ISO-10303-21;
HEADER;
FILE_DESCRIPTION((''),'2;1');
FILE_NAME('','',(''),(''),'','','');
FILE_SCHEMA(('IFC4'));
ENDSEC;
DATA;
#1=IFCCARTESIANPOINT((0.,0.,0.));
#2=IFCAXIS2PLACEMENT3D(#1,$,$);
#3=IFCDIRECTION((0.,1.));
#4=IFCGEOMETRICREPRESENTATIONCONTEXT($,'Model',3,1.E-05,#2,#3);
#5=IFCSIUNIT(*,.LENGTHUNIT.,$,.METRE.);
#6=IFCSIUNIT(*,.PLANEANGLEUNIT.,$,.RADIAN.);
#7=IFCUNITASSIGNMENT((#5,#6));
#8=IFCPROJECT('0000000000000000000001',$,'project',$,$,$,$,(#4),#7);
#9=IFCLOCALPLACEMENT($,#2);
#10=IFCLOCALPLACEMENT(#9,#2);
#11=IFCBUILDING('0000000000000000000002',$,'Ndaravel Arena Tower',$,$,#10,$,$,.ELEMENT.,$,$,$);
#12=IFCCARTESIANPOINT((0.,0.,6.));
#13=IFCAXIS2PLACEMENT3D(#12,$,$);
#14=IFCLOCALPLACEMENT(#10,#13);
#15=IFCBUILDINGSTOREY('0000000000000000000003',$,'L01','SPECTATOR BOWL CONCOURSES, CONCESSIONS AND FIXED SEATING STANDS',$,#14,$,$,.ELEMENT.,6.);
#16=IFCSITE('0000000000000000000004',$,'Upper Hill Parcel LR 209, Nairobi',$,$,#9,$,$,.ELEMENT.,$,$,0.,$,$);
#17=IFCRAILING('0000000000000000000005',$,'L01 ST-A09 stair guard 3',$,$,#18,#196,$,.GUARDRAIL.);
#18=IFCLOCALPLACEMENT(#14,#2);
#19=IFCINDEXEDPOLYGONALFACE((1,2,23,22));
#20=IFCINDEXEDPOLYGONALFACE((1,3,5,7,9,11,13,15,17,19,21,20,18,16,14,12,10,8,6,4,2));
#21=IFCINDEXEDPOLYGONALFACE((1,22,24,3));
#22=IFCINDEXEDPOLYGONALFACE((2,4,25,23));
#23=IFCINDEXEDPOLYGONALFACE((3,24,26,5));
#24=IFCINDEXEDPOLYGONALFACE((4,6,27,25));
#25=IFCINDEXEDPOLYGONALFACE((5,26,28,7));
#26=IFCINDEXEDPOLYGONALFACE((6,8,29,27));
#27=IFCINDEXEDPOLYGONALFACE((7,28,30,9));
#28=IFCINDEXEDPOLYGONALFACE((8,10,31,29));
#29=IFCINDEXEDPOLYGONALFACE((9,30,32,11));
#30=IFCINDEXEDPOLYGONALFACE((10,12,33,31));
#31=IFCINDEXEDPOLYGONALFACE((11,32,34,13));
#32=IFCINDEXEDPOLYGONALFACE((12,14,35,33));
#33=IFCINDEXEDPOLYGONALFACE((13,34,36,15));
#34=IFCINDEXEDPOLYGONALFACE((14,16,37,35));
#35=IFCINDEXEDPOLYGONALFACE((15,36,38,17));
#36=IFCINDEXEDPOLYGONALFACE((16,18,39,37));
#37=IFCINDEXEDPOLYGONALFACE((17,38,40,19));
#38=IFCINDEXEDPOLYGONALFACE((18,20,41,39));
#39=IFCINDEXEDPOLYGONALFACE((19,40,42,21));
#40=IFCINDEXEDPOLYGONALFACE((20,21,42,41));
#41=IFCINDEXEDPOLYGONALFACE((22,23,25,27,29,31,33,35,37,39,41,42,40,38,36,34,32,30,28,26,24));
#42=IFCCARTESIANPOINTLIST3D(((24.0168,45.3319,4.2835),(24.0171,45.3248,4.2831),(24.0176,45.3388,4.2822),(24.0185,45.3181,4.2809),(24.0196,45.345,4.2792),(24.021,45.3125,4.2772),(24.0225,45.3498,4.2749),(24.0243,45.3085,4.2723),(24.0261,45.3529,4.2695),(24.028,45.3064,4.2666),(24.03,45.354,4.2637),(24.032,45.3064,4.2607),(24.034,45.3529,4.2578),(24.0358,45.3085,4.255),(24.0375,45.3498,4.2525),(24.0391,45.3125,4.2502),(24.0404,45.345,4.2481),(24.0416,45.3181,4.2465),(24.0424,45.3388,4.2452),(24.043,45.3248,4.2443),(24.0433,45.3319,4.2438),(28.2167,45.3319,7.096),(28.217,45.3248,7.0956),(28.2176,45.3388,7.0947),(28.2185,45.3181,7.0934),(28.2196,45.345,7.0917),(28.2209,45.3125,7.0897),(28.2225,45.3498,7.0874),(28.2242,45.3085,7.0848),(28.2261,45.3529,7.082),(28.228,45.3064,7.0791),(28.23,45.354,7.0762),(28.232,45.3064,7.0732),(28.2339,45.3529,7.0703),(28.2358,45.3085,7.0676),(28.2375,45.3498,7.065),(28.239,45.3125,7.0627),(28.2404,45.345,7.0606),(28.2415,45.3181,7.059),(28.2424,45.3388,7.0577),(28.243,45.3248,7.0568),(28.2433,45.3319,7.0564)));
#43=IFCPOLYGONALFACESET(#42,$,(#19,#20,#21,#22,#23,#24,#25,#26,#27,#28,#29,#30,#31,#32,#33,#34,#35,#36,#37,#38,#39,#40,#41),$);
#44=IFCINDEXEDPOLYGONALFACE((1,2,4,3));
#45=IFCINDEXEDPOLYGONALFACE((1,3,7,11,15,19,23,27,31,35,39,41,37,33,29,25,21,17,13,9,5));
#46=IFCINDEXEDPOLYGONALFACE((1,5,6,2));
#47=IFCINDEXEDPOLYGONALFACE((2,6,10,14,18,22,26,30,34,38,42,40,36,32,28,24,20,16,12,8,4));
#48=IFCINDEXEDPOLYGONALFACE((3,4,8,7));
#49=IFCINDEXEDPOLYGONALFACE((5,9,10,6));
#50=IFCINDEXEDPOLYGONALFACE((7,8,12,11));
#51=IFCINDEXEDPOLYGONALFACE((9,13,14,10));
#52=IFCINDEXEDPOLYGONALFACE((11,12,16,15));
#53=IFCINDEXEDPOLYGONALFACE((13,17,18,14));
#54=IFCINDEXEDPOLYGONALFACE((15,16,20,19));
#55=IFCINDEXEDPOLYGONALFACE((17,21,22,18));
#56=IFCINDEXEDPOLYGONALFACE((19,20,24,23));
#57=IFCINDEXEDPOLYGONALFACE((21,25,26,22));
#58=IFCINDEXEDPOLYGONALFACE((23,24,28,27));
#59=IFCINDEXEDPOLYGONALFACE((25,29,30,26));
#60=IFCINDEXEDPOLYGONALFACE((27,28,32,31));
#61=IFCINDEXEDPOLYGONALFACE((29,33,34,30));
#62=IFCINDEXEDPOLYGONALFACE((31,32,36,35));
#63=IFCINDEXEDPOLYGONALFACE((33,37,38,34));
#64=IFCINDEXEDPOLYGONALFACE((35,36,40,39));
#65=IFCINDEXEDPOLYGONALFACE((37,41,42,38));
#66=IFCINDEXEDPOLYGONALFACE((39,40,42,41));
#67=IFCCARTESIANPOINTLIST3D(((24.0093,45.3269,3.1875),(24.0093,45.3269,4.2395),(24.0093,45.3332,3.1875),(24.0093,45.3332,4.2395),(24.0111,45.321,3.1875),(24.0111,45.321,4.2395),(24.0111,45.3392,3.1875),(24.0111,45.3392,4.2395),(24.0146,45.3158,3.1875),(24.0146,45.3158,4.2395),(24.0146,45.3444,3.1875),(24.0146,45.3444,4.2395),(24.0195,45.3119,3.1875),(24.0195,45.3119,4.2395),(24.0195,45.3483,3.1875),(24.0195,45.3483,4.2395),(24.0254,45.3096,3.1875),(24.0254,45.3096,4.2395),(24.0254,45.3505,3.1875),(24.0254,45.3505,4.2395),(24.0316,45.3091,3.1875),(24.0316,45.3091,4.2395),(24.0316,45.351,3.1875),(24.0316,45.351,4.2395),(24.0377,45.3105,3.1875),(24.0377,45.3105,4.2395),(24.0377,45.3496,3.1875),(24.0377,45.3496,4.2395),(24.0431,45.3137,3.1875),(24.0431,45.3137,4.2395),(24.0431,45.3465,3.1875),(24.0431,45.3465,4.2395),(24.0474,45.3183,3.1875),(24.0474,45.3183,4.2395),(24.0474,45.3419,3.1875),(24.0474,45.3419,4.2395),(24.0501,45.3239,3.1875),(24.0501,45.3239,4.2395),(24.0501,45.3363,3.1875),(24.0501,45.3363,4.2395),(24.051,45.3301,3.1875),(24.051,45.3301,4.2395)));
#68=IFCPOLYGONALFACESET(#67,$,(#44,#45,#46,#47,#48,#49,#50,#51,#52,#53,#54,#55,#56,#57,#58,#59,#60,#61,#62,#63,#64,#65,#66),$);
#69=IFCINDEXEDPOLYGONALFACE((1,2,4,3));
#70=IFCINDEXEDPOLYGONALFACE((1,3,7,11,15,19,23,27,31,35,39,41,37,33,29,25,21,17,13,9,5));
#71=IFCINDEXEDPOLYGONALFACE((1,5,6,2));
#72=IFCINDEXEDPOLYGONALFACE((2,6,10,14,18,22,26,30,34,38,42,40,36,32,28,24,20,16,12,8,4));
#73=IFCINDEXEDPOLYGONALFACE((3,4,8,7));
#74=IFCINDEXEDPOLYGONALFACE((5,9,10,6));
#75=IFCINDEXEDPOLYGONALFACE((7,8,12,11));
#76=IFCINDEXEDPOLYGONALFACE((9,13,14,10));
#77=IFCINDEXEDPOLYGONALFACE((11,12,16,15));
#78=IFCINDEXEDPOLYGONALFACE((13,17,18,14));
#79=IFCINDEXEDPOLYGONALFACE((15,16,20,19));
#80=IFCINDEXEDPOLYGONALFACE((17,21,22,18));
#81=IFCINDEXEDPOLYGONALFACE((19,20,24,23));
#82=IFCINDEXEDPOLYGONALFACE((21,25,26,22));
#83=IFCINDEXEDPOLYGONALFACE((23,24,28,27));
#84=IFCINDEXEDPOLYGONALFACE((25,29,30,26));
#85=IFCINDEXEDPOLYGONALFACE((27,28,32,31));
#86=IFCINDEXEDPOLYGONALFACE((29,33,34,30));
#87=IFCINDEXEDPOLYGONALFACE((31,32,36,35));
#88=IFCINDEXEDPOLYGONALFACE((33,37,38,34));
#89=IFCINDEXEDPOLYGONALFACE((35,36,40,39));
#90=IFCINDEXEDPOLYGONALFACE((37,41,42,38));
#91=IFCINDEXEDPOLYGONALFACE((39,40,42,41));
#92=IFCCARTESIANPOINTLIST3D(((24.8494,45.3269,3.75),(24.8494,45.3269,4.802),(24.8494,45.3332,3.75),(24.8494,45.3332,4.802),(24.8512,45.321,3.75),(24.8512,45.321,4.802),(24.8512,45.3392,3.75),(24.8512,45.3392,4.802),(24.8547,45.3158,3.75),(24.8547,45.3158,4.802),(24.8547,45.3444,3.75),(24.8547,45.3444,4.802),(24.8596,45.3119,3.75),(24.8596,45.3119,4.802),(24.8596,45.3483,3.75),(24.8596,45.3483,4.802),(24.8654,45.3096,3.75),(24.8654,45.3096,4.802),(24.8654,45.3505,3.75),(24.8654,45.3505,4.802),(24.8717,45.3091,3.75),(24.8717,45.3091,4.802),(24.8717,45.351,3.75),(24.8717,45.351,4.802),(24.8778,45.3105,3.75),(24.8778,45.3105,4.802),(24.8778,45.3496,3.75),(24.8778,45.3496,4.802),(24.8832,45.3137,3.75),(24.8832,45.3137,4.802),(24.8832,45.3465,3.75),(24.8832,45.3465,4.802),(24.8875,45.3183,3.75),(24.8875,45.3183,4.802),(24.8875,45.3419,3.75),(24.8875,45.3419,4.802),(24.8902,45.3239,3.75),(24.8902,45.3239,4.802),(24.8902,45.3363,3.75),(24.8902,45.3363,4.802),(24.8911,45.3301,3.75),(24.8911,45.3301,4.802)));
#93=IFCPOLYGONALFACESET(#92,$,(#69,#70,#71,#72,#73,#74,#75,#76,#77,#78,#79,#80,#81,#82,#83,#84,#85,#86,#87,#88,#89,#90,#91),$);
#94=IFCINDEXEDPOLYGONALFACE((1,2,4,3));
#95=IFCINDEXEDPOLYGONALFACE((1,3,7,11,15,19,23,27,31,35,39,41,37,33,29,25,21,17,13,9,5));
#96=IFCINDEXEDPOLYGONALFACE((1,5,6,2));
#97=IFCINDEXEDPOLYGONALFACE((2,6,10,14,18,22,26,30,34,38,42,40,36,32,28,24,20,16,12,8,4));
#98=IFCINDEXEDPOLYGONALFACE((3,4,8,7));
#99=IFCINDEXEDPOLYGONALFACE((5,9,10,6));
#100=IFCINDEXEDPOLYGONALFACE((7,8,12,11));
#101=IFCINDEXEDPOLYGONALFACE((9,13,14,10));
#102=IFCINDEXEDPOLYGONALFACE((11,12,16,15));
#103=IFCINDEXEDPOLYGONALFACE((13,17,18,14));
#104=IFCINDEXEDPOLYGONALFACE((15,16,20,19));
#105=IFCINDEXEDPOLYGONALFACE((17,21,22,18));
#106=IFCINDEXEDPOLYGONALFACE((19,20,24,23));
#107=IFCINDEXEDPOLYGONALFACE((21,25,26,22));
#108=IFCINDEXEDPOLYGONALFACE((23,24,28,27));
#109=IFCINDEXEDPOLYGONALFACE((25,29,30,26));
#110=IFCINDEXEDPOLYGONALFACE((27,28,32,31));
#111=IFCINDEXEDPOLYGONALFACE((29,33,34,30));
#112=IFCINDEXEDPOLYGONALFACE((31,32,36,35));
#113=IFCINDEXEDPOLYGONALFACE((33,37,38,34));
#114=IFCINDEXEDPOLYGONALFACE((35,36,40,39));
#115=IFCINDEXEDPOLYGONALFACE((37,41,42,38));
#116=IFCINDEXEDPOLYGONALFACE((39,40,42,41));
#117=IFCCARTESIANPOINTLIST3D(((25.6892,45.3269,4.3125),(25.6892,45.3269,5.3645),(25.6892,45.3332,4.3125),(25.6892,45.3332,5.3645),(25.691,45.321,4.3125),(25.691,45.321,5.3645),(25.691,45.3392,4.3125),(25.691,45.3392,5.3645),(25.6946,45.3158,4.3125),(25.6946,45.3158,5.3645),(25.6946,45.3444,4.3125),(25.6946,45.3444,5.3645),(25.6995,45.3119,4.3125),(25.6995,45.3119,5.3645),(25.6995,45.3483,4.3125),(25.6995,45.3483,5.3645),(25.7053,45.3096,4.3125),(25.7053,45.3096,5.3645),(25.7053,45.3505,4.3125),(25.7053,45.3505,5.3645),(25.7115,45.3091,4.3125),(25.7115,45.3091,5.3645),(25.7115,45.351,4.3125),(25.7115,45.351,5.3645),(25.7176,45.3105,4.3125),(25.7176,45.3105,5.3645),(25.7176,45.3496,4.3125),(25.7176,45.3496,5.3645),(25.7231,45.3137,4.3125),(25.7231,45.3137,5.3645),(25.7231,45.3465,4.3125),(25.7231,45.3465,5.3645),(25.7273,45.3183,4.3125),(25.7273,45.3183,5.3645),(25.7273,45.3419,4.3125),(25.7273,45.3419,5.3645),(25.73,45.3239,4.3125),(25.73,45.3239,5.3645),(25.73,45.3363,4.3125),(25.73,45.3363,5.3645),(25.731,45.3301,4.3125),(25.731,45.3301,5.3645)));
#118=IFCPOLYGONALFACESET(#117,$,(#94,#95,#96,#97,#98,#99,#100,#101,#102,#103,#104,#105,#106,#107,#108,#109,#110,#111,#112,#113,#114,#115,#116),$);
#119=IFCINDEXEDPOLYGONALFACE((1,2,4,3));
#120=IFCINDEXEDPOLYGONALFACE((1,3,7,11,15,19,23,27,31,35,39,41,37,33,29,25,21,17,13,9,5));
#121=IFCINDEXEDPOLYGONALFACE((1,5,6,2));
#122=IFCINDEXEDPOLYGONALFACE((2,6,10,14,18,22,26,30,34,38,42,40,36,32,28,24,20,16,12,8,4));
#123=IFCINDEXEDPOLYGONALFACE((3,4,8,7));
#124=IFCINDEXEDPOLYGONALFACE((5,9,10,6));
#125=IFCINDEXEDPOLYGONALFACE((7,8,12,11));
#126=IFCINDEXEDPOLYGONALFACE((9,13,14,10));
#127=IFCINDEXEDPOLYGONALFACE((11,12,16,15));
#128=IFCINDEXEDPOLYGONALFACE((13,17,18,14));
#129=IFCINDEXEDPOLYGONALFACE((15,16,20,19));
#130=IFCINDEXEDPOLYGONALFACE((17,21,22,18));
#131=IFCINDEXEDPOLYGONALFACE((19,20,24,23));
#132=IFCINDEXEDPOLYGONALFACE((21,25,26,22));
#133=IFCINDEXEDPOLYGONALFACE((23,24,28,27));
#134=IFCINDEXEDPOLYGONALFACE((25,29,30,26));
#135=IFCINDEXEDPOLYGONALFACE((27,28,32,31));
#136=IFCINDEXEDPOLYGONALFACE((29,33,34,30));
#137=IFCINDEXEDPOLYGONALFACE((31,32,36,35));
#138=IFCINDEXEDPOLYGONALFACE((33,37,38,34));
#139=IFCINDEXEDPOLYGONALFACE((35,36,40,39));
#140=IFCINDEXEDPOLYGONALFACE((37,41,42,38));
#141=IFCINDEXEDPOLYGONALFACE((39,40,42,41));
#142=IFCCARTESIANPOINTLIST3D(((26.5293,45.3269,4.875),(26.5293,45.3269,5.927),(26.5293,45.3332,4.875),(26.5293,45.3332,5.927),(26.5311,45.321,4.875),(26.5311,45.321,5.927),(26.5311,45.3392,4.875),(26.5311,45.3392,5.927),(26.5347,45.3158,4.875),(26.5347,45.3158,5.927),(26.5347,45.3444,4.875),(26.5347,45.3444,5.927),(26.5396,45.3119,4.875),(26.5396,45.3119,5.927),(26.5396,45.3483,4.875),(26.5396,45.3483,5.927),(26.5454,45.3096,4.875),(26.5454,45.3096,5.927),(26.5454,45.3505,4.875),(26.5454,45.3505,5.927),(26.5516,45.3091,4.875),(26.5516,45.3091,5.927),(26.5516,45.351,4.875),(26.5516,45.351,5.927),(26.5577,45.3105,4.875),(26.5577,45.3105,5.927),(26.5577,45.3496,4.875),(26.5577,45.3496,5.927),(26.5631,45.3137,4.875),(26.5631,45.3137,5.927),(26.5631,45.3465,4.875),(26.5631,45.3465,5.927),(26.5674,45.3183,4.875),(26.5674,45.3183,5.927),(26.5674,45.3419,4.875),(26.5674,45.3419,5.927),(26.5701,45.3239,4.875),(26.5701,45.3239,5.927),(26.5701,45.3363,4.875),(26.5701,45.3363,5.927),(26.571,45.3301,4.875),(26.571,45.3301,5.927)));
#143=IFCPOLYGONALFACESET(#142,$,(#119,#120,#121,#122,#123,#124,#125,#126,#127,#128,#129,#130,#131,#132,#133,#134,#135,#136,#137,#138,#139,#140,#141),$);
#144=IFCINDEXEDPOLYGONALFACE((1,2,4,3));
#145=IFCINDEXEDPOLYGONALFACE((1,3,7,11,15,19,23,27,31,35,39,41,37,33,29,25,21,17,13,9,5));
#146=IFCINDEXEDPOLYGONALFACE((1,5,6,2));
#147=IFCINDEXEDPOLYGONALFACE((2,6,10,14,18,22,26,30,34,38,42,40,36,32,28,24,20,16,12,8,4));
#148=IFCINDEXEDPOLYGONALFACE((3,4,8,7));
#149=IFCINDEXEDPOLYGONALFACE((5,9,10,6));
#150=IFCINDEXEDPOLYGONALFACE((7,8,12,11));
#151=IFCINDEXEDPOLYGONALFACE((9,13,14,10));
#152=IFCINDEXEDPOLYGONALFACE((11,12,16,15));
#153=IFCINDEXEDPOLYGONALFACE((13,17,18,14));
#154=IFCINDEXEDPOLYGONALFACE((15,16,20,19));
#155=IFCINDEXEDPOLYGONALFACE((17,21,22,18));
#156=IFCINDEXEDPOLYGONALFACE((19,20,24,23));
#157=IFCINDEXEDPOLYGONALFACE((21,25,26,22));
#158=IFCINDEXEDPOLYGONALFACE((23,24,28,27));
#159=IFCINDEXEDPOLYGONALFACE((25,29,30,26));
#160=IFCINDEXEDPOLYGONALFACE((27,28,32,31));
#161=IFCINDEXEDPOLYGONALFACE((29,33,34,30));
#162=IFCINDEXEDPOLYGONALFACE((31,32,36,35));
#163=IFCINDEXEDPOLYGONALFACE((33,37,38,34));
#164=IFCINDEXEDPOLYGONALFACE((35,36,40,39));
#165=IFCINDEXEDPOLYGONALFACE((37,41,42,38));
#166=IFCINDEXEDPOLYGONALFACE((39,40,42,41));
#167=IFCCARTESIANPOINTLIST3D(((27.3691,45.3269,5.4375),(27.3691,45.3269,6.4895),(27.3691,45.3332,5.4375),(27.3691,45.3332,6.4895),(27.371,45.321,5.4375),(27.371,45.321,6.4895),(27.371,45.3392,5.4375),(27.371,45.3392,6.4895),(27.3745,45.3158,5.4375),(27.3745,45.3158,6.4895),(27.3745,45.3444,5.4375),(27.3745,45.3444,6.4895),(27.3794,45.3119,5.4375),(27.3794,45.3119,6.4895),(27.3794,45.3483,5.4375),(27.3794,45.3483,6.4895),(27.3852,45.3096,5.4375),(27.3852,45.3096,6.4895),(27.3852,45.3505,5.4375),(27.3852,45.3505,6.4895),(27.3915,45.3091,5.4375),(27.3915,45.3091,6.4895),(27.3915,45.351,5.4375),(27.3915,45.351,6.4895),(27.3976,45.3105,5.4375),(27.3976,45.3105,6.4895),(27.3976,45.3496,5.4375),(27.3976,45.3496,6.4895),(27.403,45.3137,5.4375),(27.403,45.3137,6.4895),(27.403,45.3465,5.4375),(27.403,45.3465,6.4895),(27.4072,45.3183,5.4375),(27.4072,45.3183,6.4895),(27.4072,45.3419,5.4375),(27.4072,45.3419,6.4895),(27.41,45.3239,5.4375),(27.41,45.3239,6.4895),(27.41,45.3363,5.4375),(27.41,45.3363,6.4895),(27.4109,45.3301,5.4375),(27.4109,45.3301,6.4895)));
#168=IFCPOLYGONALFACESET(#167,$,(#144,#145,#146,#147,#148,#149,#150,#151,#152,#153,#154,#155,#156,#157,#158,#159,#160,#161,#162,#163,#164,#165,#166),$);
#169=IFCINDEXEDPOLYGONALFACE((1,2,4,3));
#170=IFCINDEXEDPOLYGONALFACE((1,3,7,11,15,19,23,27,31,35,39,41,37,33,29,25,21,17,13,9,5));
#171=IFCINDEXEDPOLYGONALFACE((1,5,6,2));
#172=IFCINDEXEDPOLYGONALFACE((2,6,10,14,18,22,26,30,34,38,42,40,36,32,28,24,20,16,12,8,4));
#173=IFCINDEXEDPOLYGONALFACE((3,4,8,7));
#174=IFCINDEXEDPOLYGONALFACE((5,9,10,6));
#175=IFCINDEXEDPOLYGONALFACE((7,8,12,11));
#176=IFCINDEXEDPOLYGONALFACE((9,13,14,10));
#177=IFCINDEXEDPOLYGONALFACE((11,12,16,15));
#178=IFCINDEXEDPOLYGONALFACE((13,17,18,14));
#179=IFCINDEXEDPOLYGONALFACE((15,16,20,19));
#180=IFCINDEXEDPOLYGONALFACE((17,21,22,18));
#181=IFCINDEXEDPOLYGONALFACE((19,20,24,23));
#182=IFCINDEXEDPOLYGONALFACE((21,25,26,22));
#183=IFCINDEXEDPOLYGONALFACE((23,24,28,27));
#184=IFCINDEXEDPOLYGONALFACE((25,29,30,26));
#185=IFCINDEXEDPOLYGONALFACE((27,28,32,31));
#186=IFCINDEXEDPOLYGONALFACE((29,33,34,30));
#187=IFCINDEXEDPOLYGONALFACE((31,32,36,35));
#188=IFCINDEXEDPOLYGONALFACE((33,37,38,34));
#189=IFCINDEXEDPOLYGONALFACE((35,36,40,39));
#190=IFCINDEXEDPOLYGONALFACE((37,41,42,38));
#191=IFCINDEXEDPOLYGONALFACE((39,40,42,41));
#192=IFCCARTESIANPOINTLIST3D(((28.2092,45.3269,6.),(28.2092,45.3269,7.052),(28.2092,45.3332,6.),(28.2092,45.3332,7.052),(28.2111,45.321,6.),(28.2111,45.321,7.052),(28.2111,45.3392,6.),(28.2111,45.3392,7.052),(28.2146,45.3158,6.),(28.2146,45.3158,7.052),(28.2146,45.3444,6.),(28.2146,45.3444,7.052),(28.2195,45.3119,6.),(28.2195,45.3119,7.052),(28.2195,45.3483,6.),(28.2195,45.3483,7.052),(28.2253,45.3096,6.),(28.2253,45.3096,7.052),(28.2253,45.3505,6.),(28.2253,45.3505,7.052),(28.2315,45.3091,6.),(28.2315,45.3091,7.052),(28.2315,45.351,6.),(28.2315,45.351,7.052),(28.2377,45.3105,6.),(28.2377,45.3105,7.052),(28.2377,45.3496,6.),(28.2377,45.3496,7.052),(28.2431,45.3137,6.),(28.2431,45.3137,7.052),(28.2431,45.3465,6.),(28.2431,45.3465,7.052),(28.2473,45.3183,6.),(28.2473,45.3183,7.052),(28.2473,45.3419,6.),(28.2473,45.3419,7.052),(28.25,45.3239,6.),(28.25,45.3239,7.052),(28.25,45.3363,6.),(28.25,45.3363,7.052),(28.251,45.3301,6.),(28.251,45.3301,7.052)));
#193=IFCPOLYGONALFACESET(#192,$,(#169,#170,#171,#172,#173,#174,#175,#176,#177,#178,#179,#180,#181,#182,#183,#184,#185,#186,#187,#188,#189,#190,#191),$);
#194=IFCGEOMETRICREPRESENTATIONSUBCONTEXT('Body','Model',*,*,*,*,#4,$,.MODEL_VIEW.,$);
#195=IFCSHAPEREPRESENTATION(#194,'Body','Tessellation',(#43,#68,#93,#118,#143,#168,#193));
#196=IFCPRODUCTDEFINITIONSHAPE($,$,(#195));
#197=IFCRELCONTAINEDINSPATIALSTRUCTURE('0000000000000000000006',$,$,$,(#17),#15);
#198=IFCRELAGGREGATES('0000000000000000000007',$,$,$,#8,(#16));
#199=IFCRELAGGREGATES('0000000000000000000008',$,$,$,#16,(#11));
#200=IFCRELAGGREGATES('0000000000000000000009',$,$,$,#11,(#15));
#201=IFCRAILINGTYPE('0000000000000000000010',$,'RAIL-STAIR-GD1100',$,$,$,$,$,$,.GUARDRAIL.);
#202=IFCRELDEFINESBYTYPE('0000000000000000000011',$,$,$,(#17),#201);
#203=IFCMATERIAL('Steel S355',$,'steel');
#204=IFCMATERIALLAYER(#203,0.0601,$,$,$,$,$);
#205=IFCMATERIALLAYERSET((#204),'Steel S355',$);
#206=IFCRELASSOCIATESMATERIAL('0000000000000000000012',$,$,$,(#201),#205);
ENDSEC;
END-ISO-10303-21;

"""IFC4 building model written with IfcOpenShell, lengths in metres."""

from ifc_helpers import new_model, si_unit, direction, frame, origin, origin_2d, place, context, subcontext, project, spatial, circle, extrude, material, layer, layer_set, type_object, element, save


model = new_model("IFC4")

# Units and contexts
model_context = context("Model", 3, precision=1e-05, world=origin(), true_north=direction((0.0, 1.0)))
body_context = subcontext(model_context, "Body", "Model", "MODEL_VIEW")
ifc_project = project(units=[si_unit("LENGTHUNIT", "METRE"), si_unit("PLANEANGLEUNIT", "RADIAN")], contexts=[model_context])

# Site, building, storey
site_placement = place(None, origin())
site = spatial("IfcSite", under=ifc_project, at=site_placement, Name="Upper Hill Parcel LR 209, Nairobi", CompositionType="ELEMENT", RefElevation=0.0)
building_placement = place(site_placement, origin())
building = spatial("IfcBuilding", under=site, at=building_placement, Name="Ndaravel Arena Tower", CompositionType="ELEMENT")
storey_placement = place(building_placement, frame((0.0, 0.0, 6.0)))
storey = spatial("IfcBuildingStorey", under=building, at=storey_placement, Name="L01", Description="SPECTATOR BOWL CONCOURSES, CONCESSIONS AND FIXED SEATING STANDS", CompositionType="ELEMENT", Elevation=6.0)

# Railing
ifc_material_1 = material(Name="Steel S355", Category="steel")
ifc_layer_1 = layer(ifc_material_1, 0.0601)
ifc_layer_set_1 = layer_set([ifc_layer_1], Name="Steel S355")
railing_type_1 = type_object("IfcRailingType", Name="RAIL-STAIR-GD1100", PredefinedType="GUARDRAIL", material=ifc_layer_set_1)
railing_1_placement = place(storey_placement, frame((24.03, 45.3301, 3.1875)))
element("IfcRailing", 1, at=railing_1_placement, inside=storey, type_object=railing_type_1, Name="L01 ST-A09 stair guard 3", PredefinedType="GUARDRAIL", context=body_context, shape_type="SweptSolid", body=[
    extrude(circle(Radius=0.0239, at=origin_2d()), frame((0.0, 0.0, 1.0762), z_axis=(0.830904, 0.0, 0.556416), x_axis=(0.0, 1.0, 0.0)), (0.0, 0.0, 1.0), 5.0547),
    extrude(circle(Radius=0.021, at=origin_2d()), origin(), (0.0, 0.0, 1.0), 1.052),
    extrude(circle(Radius=0.021, at=origin_2d()), frame((0.8401, 0.0, 0.5625)), (0.0, 0.0, 1.0), 1.052),
    extrude(circle(Radius=0.021, at=origin_2d()), frame((1.6799, 0.0, 1.125)), (0.0, 0.0, 1.0), 1.052),
    extrude(circle(Radius=0.021, at=origin_2d()), frame((2.52, 0.0, 1.6875)), (0.0, 0.0, 1.0), 1.052),
    extrude(circle(Radius=0.021, at=origin_2d()), frame((3.3599, 0.0, 2.25)), (0.0, 0.0, 1.0), 1.052),
    extrude(circle(Radius=0.021, at=origin_2d()), frame((4.2, 0.0, 2.8125)), (0.0, 0.0, 1.0), 1.052),
])

save(model, "model.ifc")
